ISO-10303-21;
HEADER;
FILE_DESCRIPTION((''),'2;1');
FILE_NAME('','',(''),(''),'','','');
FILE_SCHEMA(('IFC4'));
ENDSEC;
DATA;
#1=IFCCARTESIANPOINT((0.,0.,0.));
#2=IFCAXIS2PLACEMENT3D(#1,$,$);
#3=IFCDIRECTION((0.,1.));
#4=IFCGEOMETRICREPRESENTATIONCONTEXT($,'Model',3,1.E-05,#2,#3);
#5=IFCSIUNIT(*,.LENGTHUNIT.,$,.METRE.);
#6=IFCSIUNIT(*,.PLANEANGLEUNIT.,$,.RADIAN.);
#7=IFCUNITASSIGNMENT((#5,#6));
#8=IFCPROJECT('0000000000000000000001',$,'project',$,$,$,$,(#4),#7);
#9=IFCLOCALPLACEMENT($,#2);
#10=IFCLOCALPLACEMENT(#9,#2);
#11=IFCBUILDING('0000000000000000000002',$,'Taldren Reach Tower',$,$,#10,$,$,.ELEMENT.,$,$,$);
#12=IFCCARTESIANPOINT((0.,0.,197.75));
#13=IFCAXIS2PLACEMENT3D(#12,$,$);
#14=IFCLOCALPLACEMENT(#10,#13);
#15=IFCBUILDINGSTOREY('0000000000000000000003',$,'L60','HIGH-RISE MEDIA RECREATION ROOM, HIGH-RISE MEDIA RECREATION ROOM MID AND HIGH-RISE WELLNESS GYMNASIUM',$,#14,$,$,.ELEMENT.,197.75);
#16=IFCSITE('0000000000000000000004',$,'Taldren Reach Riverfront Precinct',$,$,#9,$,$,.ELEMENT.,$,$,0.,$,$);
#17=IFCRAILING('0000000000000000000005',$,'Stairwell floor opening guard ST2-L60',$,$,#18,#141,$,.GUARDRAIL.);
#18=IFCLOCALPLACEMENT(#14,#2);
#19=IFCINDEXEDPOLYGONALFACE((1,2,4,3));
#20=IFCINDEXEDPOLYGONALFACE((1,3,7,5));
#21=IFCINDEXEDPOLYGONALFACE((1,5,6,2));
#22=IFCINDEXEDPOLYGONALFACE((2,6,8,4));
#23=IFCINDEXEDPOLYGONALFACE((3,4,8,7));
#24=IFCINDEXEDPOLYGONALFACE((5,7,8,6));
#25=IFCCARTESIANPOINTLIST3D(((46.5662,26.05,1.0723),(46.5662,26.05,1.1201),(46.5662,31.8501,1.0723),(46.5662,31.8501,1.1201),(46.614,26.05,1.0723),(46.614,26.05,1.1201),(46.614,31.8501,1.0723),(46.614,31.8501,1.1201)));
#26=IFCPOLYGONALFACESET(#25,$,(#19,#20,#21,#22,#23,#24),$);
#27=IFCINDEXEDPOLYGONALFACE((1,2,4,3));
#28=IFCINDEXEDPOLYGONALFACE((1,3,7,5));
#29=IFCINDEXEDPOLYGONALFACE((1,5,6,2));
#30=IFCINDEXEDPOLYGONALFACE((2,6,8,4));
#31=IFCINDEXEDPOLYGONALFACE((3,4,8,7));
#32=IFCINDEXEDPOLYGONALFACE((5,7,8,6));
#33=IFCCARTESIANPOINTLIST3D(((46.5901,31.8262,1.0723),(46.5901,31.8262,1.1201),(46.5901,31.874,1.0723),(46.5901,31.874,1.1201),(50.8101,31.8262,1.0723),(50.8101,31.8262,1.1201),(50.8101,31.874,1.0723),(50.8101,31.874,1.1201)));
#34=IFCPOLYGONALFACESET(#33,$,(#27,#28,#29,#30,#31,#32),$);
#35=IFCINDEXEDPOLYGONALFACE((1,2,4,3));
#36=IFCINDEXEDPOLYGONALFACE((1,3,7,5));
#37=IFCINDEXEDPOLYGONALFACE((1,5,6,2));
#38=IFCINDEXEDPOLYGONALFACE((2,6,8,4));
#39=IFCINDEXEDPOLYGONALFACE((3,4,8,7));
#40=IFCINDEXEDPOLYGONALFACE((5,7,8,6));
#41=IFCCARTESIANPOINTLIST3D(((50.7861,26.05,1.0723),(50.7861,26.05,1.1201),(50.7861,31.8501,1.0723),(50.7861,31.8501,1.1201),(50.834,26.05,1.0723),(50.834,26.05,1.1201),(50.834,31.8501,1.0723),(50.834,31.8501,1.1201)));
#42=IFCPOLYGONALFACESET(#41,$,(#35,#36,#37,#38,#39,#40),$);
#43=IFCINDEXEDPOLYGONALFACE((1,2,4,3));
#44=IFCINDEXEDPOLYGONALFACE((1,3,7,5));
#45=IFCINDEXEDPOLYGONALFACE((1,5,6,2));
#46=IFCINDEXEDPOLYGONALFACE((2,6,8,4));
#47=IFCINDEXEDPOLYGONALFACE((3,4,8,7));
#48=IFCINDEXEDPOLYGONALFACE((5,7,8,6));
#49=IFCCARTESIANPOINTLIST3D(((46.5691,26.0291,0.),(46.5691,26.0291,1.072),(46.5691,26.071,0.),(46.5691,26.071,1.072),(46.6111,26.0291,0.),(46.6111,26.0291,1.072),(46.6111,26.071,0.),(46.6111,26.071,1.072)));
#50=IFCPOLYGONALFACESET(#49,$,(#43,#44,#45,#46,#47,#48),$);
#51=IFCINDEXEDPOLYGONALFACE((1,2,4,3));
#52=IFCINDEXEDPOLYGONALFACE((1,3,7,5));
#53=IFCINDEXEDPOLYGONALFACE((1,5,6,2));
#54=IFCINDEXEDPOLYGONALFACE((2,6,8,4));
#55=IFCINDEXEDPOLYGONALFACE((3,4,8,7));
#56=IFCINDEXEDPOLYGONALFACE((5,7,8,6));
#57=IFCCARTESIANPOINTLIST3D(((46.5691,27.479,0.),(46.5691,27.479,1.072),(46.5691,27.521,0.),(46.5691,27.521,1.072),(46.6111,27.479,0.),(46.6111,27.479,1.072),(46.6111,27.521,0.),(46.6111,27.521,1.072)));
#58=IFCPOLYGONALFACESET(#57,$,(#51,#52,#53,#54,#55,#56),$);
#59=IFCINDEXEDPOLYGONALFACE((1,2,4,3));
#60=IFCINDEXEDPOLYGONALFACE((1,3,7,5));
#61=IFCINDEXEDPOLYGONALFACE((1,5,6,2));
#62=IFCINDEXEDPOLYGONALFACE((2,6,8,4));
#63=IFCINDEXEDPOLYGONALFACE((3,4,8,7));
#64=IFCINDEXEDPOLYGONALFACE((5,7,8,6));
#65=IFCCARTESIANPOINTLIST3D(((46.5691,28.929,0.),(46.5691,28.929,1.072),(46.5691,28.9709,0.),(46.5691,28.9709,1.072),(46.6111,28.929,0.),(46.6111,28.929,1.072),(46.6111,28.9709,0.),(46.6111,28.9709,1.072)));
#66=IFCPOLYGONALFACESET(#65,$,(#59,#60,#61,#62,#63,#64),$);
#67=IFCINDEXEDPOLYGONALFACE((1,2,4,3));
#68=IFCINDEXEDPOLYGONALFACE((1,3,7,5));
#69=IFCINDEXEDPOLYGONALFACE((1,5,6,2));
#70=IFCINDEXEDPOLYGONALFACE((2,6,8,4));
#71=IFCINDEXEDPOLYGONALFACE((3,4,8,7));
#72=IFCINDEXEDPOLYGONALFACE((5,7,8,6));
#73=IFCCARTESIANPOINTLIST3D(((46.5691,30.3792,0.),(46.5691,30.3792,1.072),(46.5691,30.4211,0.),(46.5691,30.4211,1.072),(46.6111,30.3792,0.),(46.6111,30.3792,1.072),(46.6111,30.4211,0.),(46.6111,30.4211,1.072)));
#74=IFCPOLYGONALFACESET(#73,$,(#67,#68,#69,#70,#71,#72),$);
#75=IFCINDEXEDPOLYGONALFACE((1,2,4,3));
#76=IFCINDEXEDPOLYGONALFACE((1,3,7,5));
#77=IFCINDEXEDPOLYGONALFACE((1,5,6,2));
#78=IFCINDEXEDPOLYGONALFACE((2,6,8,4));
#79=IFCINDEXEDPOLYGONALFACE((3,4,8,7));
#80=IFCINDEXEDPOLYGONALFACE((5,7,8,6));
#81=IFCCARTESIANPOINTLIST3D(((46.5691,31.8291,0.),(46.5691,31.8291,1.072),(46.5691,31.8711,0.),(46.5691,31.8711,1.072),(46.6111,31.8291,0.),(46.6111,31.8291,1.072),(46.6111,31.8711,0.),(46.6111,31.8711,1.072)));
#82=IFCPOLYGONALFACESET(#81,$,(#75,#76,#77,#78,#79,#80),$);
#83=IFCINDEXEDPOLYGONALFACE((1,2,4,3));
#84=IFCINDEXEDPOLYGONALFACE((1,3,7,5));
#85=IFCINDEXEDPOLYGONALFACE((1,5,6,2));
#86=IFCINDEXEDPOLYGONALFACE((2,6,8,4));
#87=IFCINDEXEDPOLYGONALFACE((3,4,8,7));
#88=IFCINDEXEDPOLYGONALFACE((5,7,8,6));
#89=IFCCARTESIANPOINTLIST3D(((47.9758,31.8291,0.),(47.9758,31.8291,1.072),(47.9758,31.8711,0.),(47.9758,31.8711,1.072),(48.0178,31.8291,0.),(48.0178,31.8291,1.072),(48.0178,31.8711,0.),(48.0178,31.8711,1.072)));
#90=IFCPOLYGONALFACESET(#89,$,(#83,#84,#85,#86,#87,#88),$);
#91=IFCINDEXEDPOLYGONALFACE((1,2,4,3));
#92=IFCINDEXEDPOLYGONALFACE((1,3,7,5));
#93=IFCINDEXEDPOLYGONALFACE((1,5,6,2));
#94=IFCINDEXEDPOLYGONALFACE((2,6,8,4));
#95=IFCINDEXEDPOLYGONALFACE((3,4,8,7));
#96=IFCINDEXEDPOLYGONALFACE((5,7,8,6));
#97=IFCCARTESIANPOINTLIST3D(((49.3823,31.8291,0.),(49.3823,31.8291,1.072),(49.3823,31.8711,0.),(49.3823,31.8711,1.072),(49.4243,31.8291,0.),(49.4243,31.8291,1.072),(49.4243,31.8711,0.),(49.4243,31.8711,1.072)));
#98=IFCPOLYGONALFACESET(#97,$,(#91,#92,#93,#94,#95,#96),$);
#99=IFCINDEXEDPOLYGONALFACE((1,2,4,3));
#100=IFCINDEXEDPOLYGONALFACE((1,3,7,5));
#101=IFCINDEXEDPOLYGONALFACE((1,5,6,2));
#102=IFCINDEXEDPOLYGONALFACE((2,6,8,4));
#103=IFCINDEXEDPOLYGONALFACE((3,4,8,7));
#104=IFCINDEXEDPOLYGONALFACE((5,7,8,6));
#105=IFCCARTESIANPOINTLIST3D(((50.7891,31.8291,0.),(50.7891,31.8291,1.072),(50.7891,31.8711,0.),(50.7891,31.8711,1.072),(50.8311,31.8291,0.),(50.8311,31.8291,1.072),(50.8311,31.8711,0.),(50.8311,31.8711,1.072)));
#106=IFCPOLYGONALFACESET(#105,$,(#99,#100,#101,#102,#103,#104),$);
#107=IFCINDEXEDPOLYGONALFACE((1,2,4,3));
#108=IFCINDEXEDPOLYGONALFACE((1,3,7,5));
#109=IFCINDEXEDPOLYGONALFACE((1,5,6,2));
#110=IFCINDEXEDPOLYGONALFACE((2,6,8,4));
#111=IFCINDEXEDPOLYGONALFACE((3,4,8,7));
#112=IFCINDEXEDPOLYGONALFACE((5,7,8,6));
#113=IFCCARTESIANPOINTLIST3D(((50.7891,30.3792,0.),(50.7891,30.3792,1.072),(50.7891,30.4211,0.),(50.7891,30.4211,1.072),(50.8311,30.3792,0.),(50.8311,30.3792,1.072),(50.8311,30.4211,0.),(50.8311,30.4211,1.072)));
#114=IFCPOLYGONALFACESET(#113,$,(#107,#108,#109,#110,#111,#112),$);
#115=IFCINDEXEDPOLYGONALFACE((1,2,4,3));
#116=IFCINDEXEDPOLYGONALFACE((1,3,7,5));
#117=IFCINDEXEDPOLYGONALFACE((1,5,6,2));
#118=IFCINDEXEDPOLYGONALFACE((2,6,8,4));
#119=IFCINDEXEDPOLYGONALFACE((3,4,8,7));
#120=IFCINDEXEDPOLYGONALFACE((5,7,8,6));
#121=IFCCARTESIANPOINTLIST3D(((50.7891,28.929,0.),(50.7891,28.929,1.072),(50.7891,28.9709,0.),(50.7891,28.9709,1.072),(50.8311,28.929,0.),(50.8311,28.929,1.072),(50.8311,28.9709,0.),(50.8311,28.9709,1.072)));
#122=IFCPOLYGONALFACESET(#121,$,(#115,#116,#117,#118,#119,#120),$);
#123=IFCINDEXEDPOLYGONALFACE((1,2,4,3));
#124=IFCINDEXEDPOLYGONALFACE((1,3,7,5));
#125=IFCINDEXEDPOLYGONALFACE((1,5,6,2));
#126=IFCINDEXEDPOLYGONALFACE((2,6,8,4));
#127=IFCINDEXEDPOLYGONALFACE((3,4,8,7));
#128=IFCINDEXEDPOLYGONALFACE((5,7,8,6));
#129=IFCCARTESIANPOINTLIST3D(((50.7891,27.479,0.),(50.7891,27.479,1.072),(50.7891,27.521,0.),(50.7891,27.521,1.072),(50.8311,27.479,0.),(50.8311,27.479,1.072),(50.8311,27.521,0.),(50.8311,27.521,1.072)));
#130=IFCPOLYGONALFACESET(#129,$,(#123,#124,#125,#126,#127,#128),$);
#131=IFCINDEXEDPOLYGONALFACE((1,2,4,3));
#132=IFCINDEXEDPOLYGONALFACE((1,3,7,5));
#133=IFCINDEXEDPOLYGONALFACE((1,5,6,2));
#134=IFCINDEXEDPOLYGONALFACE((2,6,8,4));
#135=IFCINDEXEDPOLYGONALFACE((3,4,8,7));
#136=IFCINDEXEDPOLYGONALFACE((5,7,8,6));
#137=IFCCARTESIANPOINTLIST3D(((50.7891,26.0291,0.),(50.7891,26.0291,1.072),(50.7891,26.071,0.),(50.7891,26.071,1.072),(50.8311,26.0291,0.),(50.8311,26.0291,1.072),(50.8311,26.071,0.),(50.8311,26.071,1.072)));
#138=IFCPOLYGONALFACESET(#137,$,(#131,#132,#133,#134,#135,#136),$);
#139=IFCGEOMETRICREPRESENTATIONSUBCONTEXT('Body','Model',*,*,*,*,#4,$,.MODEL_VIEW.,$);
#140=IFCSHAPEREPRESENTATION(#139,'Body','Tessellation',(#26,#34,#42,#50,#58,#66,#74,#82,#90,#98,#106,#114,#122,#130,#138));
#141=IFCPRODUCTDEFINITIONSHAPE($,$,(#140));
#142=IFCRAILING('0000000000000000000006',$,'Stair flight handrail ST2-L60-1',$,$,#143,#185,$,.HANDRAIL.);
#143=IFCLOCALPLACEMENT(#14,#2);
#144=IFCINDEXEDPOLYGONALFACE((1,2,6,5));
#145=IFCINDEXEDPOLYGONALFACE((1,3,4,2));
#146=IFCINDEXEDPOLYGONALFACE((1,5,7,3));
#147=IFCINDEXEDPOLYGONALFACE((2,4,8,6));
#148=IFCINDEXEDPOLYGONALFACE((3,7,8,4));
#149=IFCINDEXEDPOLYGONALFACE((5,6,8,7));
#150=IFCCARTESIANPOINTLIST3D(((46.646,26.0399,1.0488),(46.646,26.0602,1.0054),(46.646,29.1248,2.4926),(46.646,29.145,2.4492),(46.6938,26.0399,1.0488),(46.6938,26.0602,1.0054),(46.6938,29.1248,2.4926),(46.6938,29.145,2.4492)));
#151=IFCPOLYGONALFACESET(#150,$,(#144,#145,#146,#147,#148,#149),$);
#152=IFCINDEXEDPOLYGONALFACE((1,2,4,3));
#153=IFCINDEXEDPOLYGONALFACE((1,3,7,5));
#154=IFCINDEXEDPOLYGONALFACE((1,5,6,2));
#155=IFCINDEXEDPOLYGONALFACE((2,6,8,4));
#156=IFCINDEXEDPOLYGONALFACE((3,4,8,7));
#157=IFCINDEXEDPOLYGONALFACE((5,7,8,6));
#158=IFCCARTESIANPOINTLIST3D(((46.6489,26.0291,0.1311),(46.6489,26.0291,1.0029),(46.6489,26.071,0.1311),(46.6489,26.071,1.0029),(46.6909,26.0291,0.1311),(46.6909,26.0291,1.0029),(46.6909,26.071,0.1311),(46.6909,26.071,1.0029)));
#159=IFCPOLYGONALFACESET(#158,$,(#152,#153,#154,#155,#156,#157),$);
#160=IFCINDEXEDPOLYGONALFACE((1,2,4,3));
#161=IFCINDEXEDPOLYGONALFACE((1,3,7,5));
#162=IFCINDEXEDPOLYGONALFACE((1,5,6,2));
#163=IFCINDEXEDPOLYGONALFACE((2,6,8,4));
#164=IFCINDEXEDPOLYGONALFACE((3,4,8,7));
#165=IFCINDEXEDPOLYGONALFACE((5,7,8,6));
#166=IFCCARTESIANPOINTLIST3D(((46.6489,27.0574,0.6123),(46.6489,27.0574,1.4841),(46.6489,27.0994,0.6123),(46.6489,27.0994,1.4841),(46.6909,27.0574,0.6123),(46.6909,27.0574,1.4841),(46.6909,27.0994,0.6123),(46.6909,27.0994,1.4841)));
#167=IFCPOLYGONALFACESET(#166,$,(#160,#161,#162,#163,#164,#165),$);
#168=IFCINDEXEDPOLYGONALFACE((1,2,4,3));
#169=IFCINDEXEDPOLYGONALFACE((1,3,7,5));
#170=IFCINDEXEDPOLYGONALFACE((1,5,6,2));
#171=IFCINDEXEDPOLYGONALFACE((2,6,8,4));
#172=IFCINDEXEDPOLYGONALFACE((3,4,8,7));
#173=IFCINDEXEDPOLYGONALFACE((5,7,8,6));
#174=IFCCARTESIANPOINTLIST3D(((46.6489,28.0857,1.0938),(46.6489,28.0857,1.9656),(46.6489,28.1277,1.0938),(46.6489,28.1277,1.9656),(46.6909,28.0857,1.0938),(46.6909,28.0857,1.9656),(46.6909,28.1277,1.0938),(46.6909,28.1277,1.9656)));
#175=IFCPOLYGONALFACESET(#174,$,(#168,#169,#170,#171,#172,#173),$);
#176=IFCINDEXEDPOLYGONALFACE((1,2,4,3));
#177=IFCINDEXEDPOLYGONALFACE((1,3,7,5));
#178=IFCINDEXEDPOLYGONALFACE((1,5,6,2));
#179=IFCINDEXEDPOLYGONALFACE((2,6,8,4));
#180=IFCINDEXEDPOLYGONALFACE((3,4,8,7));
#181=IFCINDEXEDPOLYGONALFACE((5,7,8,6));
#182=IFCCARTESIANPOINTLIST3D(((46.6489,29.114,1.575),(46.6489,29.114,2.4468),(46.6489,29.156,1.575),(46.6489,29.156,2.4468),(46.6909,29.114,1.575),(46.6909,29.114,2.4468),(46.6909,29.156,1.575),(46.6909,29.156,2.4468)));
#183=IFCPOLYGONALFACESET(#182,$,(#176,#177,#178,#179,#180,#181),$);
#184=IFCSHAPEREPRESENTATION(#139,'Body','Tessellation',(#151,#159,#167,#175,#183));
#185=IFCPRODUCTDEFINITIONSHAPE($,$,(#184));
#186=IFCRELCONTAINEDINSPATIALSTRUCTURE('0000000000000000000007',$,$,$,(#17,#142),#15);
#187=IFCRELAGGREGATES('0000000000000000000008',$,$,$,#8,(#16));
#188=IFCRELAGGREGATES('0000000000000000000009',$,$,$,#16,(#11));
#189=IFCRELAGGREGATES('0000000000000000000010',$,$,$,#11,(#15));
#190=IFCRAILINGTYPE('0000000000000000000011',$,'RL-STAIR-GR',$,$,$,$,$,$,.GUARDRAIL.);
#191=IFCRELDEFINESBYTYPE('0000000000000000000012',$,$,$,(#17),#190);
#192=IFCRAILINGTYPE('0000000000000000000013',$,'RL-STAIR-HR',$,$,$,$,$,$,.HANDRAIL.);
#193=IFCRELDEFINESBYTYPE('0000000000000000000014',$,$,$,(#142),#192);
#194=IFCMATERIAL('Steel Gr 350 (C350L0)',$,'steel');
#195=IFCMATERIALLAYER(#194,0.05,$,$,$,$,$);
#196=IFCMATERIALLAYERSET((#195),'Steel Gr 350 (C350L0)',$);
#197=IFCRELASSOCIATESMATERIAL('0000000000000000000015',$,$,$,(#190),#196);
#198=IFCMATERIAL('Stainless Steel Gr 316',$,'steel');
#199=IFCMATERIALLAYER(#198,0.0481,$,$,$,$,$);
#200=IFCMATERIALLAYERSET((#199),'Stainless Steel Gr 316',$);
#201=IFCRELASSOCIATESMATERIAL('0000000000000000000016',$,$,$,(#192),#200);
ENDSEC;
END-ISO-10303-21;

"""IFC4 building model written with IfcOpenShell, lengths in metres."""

from ifc_helpers import new_model, si_unit, direction, frame, origin, origin_2d, place, context, subcontext, project, spatial, rectangle, extrude, material, layer, layer_set, type_object, element, save


model = new_model("IFC4")

# Units and contexts
model_context = context("Model", 3, precision=1e-05, world=origin(), true_north=direction((0.0, 1.0)))
body_context = subcontext(model_context, "Body", "Model", "MODEL_VIEW")
ifc_project = project(units=[si_unit("LENGTHUNIT", "METRE"), si_unit("PLANEANGLEUNIT", "RADIAN")], contexts=[model_context])

# Site, building, storey
site_placement = place(None, origin())
site = spatial("IfcSite", under=ifc_project, at=site_placement, Name="Taldren Reach Riverfront Precinct", CompositionType="ELEMENT", RefElevation=0.0)
building_placement = place(site_placement, origin())
building = spatial("IfcBuilding", under=site, at=building_placement, Name="Taldren Reach Tower", CompositionType="ELEMENT")
storey_placement = place(building_placement, frame((0.0, 0.0, 197.75)))
storey = spatial("IfcBuildingStorey", under=building, at=storey_placement, Name="L60", Description="HIGH-RISE MEDIA RECREATION ROOM, HIGH-RISE MEDIA RECREATION ROOM MID AND HIGH-RISE WELLNESS GYMNASIUM", CompositionType="ELEMENT", Elevation=197.75)

# Shared definitions
ifc_material_1 = material(Name="Steel Gr 350 (C350L0)", Category="steel")

# Railings
ifc_layer_1 = layer(ifc_material_1, 0.05)
ifc_layer_set_1 = layer_set([ifc_layer_1], Name="Steel Gr 350 (C350L0)")
railing_type_1 = type_object("IfcRailingType", Name="RL-STAIR-GR", PredefinedType="GUARDRAIL", material=ifc_layer_set_1)
railing_1_placement = place(storey_placement, frame((46.5901, 26.05, 0.0)))
element("IfcRailing", 1, at=railing_1_placement, inside=storey, type_object=railing_type_1, Name="Stairwell floor opening guard ST2-L60", PredefinedType="GUARDRAIL", context=body_context, shape_type="SweptSolid", body=[
    extrude(rectangle(XDim=0.0479, YDim=0.0479, at=origin_2d()), frame((0.0, 0.0, 1.0962), z_axis=(0.0, 1.0, 0.0), x_axis=(-1.0, 0.0, 0.0)), (0.0, 0.0, 1.0), 5.8),
    extrude(rectangle(XDim=0.0479, YDim=0.0479, at=origin_2d()), frame((0.0, 5.8, 1.0962), z_axis=(1.0, 0.0, 0.0), x_axis=(0.0, 1.0, 0.0)), (0.0, 0.0, 1.0), 4.22),
    extrude(rectangle(XDim=0.0479, YDim=0.0479, at=origin_2d()), frame((4.22, 5.8, 1.0962), z_axis=(0.0, -1.0, 0.0), x_axis=(1.0, 0.0, 0.0)), (0.0, 0.0, 1.0), 5.8),
    extrude(rectangle(XDim=0.042, YDim=0.042, at=origin_2d()), origin(), (0.0, 0.0, 1.0), 1.072),
    extrude(rectangle(XDim=0.042, YDim=0.042, at=origin_2d()), frame((0.0, 1.45, 0.0)), (0.0, 0.0, 1.0), 1.072),
    extrude(rectangle(XDim=0.042, YDim=0.042, at=origin_2d()), frame((0.0, 2.8999, 0.0)), (0.0, 0.0, 1.0), 1.072),
    extrude(rectangle(XDim=0.042, YDim=0.042, at=origin_2d()), frame((0.0, 4.3501, 0.0)), (0.0, 0.0, 1.0), 1.072),
    extrude(rectangle(XDim=0.042, YDim=0.042, at=origin_2d()), frame((0.0, 5.8, 0.0)), (0.0, 0.0, 1.0), 1.072),
    extrude(rectangle(XDim=0.042, YDim=0.042, at=origin_2d()), frame((1.4067, 5.8, 0.0)), (0.0, 0.0, 1.0), 1.072),
    extrude(rectangle(XDim=0.042, YDim=0.042, at=origin_2d()), frame((2.8132, 5.8, 0.0)), (0.0, 0.0, 1.0), 1.072),
    extrude(rectangle(XDim=0.042, YDim=0.042, at=origin_2d()), frame((4.22, 5.8, 0.0)), (0.0, 0.0, 1.0), 1.072),
    extrude(rectangle(XDim=0.042, YDim=0.042, at=origin_2d()), frame((4.22, 4.3501, 0.0)), (0.0, 0.0, 1.0), 1.072),
    extrude(rectangle(XDim=0.042, YDim=0.042, at=origin_2d()), frame((4.22, 2.8999, 0.0)), (0.0, 0.0, 1.0), 1.072),
    extrude(rectangle(XDim=0.042, YDim=0.042, at=origin_2d()), frame((4.22, 1.45, 0.0)), (0.0, 0.0, 1.0), 1.072),
    extrude(rectangle(XDim=0.042, YDim=0.042, at=origin_2d()), frame((4.22, 0.0, 0.0)), (0.0, 0.0, 1.0), 1.072),
])
ifc_material_2 = material(Name="Stainless Steel Gr 316", Category="steel")
ifc_layer_2 = layer(ifc_material_2, 0.0481)
ifc_layer_set_2 = layer_set([ifc_layer_2], Name="Stainless Steel Gr 316")
railing_type_2 = type_object("IfcRailingType", Name="RL-STAIR-HR", PredefinedType="HANDRAIL", material=ifc_layer_set_2)
railing_2_placement = place(storey_placement, frame((46.6699, 26.05, 0.1311)))
element("IfcRailing", 2, at=railing_2_placement, inside=storey, type_object=railing_type_2, Name="Stair flight handrail ST2-L60-1", PredefinedType="HANDRAIL", context=body_context, shape_type="SweptSolid", body=[
    extrude(rectangle(XDim=0.0479, YDim=0.0479, at=origin_2d()), frame((0.0, 0.0, 0.896), z_axis=(0.0, 0.90571, 0.423898), x_axis=(-1.0, 0.0, 0.0)), (0.0, 0.0, 1.0), 3.406),
    extrude(rectangle(XDim=0.042, YDim=0.042, at=origin_2d()), origin(), (0.0, 0.0, 1.0), 0.8718),
    extrude(rectangle(XDim=0.042, YDim=0.042, at=origin_2d()), frame((0.0, 1.0283, 0.4812)), (0.0, 0.0, 1.0), 0.8718),
    extrude(rectangle(XDim=0.042, YDim=0.042, at=origin_2d()), frame((0.0, 2.0566, 0.9626)), (0.0, 0.0, 1.0), 0.8718),
    extrude(rectangle(XDim=0.042, YDim=0.042, at=origin_2d()), frame((0.0, 3.085, 1.4438)), (0.0, 0.0, 1.0), 0.8718),
])

save(model, "model.ifc")
